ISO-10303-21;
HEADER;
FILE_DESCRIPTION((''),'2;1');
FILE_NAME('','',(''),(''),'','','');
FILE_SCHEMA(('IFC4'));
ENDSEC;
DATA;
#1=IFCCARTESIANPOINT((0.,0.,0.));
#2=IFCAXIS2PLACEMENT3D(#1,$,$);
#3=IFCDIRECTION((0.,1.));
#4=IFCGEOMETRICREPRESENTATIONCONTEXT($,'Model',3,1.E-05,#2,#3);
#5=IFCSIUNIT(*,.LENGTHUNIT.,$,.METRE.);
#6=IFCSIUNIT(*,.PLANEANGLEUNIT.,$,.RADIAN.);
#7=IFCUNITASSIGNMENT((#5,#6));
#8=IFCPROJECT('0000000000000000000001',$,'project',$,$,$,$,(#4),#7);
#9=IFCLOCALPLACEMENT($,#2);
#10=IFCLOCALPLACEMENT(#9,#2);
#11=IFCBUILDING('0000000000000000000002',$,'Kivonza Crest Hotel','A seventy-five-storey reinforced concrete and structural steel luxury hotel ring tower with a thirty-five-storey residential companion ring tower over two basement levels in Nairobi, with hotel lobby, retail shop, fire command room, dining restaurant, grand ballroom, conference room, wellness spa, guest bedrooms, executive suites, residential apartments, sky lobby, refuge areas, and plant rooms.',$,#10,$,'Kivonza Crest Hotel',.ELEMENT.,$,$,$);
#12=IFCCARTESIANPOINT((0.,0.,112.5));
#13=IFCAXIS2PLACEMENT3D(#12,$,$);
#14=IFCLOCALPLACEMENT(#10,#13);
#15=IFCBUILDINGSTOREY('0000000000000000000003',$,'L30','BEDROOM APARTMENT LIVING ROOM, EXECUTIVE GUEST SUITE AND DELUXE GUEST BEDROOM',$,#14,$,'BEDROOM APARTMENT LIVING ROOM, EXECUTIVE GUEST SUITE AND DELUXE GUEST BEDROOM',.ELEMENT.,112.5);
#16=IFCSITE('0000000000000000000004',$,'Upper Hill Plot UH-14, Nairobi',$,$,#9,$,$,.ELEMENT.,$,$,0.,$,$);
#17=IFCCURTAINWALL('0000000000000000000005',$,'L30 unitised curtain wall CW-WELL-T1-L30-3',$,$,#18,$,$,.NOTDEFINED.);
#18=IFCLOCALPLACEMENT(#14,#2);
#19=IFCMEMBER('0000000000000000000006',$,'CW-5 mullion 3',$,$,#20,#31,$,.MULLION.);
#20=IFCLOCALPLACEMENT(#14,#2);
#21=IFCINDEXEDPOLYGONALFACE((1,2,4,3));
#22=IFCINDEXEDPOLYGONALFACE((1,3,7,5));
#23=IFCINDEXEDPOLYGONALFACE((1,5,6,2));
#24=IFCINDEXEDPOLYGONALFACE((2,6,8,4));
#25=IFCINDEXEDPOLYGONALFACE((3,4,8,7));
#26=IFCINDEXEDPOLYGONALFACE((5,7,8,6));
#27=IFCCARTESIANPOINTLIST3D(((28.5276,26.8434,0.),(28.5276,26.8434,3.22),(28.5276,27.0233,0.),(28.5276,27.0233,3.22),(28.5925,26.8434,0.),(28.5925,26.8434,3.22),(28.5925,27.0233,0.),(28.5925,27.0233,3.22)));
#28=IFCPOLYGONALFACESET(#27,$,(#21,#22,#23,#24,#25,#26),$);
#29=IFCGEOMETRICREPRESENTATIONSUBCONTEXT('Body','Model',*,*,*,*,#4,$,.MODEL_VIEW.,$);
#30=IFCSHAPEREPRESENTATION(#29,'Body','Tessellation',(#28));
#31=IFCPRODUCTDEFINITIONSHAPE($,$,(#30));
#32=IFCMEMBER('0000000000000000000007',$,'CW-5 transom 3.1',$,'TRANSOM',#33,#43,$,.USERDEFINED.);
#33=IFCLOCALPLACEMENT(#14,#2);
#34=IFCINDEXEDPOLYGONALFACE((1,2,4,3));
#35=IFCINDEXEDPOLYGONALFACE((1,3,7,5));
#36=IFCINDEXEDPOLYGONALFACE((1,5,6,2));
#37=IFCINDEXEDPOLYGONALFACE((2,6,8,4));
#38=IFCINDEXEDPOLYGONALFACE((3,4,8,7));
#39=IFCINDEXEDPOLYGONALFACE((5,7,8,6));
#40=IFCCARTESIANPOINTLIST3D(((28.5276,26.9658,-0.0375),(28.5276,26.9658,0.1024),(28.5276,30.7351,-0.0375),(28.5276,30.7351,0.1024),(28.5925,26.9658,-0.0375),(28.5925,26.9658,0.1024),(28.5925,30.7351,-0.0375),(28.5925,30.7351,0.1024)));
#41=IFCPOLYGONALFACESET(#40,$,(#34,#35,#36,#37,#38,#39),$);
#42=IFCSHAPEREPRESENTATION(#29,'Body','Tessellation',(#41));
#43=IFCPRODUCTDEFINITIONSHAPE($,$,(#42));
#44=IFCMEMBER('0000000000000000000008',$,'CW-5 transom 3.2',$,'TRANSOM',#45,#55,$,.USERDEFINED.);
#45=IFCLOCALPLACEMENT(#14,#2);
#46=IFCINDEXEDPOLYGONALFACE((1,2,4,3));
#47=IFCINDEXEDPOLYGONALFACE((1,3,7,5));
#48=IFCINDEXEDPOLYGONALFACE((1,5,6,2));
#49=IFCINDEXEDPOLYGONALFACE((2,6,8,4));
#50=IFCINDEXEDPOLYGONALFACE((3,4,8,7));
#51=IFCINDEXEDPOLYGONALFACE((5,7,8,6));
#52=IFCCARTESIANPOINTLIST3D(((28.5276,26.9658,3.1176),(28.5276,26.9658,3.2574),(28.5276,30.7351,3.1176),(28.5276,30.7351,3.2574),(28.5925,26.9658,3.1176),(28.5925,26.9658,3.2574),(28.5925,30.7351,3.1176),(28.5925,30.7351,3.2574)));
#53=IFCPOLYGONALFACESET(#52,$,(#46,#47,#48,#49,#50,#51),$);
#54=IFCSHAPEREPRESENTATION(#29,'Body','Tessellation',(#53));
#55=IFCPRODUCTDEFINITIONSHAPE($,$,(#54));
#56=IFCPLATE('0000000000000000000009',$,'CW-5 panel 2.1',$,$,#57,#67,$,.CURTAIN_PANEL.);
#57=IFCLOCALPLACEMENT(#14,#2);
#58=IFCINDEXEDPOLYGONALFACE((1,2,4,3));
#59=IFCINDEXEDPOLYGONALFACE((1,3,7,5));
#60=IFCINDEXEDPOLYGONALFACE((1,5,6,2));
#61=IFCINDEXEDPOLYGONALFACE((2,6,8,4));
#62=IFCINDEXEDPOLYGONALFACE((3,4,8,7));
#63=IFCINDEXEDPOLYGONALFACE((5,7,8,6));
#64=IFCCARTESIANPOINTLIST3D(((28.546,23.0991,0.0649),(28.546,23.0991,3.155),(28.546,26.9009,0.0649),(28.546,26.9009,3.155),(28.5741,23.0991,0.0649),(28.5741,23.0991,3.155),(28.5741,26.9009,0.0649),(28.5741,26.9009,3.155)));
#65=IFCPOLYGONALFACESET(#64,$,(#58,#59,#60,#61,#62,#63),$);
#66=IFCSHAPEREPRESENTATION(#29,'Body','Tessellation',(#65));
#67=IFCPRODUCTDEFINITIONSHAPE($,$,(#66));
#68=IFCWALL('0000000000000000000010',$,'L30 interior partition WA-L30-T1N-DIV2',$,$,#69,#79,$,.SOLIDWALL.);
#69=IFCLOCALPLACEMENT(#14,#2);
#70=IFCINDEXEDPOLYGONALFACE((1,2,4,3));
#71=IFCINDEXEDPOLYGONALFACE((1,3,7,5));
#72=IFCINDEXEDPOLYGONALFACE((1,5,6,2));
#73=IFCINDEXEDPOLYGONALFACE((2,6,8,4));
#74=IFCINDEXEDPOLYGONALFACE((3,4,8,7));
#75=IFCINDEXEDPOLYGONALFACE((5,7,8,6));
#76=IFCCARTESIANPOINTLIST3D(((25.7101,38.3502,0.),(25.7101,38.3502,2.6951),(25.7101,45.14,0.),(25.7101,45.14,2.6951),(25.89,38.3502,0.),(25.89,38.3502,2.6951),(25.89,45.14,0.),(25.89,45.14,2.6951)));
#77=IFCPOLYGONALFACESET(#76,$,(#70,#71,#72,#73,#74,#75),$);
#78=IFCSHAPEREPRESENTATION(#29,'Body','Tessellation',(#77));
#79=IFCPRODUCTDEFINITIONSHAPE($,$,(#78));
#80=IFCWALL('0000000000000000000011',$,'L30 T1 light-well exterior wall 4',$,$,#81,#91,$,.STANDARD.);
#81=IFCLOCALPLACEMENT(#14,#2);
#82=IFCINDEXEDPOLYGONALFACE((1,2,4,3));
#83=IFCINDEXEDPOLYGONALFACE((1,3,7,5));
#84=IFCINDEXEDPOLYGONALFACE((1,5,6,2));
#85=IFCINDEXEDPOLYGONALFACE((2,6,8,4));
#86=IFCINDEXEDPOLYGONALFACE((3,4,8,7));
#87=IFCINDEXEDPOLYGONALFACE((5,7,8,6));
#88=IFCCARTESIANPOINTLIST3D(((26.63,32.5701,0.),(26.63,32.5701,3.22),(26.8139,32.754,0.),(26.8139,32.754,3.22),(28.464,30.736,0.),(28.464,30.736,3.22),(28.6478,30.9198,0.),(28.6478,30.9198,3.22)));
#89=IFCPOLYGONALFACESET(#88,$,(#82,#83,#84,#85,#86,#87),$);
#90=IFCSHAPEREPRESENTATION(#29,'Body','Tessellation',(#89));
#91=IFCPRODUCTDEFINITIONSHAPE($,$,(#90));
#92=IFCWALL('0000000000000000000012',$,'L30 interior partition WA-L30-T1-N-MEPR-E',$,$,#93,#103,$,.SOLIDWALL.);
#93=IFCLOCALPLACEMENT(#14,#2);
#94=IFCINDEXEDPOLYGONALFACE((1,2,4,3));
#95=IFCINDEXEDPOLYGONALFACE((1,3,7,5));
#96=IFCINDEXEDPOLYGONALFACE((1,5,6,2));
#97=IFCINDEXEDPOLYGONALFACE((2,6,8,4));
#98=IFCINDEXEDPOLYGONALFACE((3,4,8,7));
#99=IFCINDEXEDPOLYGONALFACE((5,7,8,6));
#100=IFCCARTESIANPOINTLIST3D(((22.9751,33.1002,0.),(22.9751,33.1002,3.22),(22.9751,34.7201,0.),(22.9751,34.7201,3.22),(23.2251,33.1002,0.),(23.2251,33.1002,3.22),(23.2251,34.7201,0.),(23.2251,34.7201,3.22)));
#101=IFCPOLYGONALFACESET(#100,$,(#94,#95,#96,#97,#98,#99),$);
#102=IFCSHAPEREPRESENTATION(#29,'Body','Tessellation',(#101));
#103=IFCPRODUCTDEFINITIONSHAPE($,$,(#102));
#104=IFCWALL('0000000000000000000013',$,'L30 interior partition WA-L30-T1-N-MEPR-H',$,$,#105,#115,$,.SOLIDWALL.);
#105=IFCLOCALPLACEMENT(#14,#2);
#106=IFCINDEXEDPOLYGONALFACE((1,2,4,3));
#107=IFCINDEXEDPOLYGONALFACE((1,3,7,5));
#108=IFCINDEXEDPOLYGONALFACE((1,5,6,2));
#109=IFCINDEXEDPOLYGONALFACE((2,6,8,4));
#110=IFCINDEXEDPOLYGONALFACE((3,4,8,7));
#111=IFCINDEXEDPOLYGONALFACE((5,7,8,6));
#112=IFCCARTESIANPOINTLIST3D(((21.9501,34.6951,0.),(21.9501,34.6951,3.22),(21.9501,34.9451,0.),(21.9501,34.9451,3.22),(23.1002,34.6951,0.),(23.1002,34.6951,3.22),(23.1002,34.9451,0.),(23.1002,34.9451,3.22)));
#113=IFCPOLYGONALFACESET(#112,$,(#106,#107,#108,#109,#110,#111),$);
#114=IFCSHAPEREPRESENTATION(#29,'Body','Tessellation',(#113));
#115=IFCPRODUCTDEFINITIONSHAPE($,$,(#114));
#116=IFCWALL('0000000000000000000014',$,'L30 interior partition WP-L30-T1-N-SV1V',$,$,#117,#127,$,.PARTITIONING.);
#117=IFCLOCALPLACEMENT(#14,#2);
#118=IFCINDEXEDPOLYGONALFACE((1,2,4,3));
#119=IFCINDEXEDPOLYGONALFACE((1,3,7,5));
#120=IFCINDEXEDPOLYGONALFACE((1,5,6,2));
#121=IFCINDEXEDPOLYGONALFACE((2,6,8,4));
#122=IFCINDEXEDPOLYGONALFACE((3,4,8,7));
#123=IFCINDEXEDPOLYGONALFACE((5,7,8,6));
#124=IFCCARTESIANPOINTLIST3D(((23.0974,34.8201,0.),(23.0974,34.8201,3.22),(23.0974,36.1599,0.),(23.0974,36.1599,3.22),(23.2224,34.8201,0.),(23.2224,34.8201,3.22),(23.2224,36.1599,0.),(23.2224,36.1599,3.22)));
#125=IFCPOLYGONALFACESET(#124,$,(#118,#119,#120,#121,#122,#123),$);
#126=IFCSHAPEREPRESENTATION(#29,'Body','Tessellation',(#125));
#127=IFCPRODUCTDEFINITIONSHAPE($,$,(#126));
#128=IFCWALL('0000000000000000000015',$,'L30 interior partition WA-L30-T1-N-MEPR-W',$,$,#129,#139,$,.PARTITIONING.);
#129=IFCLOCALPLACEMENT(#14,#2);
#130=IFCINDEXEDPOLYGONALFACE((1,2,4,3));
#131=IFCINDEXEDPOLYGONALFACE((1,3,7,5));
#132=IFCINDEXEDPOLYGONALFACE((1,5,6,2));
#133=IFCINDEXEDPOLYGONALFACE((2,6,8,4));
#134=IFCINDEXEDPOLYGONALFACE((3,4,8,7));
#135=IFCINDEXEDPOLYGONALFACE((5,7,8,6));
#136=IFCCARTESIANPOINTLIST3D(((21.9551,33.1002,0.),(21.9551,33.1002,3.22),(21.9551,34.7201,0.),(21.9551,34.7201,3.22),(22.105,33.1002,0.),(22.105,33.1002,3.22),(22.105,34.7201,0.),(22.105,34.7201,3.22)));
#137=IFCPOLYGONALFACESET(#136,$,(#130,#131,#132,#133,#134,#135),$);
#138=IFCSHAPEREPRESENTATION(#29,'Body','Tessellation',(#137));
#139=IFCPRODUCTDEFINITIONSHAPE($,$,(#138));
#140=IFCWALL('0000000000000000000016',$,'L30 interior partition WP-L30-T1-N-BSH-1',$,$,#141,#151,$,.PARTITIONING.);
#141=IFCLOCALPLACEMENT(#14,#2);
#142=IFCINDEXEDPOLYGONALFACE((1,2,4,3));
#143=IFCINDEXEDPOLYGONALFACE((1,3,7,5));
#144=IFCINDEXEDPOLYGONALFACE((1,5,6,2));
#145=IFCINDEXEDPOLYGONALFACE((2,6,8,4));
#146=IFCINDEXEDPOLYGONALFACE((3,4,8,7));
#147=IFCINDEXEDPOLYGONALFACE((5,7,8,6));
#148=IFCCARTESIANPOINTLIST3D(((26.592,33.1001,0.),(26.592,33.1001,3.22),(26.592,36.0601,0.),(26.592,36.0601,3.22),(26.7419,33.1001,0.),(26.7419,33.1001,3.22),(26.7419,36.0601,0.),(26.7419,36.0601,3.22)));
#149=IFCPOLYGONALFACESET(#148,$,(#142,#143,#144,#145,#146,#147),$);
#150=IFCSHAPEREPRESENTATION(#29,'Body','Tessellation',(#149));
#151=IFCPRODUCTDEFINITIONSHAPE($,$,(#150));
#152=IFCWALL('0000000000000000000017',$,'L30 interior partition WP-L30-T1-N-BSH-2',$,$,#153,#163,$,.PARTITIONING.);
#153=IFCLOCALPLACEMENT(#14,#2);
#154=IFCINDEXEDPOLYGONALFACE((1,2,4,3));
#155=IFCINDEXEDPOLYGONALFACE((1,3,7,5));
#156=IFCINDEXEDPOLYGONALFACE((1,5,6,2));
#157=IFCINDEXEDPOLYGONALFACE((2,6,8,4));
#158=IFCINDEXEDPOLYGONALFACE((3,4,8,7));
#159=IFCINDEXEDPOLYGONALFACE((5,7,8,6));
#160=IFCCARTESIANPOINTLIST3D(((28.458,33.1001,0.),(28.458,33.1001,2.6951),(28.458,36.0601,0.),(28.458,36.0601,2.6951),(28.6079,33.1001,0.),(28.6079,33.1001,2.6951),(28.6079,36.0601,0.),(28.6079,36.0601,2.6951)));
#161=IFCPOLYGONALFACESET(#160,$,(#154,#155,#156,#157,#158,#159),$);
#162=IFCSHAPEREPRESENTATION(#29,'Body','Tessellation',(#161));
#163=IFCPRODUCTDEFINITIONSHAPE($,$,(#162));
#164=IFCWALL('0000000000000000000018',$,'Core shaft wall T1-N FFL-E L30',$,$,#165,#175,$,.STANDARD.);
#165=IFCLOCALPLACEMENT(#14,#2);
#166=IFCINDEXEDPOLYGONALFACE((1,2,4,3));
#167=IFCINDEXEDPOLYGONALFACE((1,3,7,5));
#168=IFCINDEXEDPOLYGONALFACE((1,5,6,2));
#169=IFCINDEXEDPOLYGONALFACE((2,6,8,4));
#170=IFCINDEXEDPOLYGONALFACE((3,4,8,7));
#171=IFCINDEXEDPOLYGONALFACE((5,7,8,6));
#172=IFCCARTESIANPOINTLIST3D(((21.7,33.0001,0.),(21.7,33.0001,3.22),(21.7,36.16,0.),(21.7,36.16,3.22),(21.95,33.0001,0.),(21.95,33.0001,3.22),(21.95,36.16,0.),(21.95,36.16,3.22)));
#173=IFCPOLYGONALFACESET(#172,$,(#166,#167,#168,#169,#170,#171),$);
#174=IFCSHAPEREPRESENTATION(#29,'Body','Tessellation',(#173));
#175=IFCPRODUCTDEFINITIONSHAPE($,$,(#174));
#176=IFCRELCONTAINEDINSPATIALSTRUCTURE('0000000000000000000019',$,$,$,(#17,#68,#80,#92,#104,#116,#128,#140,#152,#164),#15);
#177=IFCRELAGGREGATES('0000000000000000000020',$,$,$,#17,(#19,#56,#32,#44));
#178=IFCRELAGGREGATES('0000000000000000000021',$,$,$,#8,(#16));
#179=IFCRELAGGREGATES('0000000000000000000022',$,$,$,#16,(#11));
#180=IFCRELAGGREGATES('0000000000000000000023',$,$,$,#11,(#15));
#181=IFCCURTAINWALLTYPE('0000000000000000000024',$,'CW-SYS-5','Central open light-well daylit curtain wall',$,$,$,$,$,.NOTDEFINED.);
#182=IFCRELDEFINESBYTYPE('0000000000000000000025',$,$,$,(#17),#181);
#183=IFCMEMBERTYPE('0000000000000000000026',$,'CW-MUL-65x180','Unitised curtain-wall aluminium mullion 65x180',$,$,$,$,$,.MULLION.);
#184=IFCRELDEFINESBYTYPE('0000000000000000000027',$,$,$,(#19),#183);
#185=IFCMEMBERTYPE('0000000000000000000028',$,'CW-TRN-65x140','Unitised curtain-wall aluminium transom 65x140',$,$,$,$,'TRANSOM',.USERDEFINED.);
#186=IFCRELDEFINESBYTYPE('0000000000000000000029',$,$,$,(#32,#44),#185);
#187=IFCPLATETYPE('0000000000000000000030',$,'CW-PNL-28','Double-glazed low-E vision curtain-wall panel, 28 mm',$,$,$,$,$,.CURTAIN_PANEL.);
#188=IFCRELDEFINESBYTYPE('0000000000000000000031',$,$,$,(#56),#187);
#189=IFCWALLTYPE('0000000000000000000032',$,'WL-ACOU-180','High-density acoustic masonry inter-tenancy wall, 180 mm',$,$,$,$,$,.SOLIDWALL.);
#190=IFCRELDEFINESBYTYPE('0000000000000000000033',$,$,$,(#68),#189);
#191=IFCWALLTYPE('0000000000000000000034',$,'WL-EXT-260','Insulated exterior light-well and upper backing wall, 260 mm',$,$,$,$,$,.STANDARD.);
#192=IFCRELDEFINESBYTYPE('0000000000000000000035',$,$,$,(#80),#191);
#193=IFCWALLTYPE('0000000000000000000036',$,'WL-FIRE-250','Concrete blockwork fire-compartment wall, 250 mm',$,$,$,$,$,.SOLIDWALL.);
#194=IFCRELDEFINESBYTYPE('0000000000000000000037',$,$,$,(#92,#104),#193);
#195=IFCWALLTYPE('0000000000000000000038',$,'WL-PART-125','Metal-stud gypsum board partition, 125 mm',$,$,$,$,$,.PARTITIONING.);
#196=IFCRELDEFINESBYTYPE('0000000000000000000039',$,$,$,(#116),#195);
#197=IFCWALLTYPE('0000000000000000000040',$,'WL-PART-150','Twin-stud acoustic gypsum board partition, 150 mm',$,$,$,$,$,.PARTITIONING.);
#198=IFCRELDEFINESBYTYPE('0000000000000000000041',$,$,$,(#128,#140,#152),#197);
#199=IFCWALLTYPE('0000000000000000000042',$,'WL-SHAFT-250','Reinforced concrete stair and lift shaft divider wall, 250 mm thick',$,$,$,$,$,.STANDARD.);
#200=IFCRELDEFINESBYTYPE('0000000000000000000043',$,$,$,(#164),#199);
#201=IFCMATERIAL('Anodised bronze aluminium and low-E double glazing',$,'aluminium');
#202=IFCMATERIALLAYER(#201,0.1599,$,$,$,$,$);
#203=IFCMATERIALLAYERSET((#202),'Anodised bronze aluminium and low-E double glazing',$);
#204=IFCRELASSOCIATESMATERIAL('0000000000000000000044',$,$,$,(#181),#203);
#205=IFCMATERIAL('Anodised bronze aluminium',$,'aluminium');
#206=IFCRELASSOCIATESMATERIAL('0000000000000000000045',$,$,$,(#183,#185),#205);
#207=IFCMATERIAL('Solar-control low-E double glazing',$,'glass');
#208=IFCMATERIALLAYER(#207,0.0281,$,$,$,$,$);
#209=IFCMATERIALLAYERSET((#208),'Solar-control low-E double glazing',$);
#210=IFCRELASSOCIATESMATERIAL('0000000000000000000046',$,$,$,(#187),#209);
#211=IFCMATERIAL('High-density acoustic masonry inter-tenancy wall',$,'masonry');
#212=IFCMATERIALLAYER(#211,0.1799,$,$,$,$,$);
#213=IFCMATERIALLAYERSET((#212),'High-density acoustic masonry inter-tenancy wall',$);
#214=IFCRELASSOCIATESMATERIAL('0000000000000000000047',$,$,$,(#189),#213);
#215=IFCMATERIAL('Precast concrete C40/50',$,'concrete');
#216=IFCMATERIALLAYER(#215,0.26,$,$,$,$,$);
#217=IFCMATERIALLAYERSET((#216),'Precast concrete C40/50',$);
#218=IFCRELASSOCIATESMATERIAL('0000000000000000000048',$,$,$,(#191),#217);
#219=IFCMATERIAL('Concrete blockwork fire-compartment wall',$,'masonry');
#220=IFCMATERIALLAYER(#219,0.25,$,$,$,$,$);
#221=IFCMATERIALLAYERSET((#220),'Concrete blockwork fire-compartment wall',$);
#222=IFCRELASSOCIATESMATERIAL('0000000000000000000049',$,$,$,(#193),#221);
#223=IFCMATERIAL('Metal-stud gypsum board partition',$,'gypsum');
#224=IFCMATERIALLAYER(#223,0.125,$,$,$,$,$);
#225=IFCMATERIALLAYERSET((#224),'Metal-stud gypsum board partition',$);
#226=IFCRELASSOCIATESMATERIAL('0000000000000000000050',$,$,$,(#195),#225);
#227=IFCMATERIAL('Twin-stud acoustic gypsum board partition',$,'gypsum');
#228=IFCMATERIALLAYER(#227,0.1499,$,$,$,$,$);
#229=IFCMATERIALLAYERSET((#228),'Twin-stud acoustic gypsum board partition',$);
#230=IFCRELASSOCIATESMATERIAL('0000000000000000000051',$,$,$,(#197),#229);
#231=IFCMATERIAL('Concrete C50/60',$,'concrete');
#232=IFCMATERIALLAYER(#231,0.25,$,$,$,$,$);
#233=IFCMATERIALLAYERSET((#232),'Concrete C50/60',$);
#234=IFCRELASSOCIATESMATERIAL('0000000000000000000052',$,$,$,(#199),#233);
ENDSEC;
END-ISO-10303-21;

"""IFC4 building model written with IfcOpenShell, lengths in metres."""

from ifc_helpers import new_model, si_unit, direction, frame, frame_2d, origin, origin_2d, place, context, subcontext, project, spatial, rectangle, extrude, material, layer, layer_set, material_profile, profile_set, type_object, element, aggregate, save


model = new_model("IFC4")

# Units and contexts
model_context = context("Model", 3, precision=1e-05, world=origin(), true_north=direction((0.0, 1.0)))
body_context = subcontext(model_context, "Body", "Model", "MODEL_VIEW")
ifc_project = project(units=[si_unit("LENGTHUNIT", "METRE"), si_unit("PLANEANGLEUNIT", "RADIAN")], contexts=[model_context])

# Site, building, storey
site_placement = place(None, origin())
site = spatial("IfcSite", under=ifc_project, at=site_placement, Name="Upper Hill Plot UH-14, Nairobi", CompositionType="ELEMENT", RefElevation=0.0)
building_placement = place(site_placement, origin())
building = spatial("IfcBuilding", under=site, at=building_placement, Name="Kivonza Crest Hotel", Description="A seventy-five-storey reinforced concrete and structural steel luxury hotel ring tower with a thirty-five-storey residential companion ring tower over two basement levels in Nairobi, with hotel lobby, retail shop, fire command room, dining restaurant, grand ballroom, conference room, wellness spa, guest bedrooms, executive suites, residential apartments, sky lobby, refuge areas, and plant rooms.", LongName="Kivonza Crest Hotel", CompositionType="ELEMENT")
storey_placement = place(building_placement, frame((0.0, 0.0, 112.5)))
storey = spatial("IfcBuildingStorey", under=building, at=storey_placement, Name="L30", Description="BEDROOM APARTMENT LIVING ROOM, EXECUTIVE GUEST SUITE AND DELUXE GUEST BEDROOM", LongName="BEDROOM APARTMENT LIVING ROOM, EXECUTIVE GUEST SUITE AND DELUXE GUEST BEDROOM", CompositionType="ELEMENT", Elevation=112.5)

# Curtain wall, members, plate
ifc_material_1 = material(Name="Anodised bronze aluminium and low-E double glazing", Category="aluminium")
ifc_layer_1 = layer(ifc_material_1, 0.1599)
ifc_layer_set_1 = layer_set([ifc_layer_1], Name="Anodised bronze aluminium and low-E double glazing")
curtain_wall_type = type_object("IfcCurtainWallType", Name="CW-SYS-5", Description="Central open light-well daylit curtain wall", PredefinedType="NOTDEFINED", material=ifc_layer_set_1)
curtain_wall_placement = place(storey_placement, origin())
curtain_wall = element("IfcCurtainWall", 1, at=curtain_wall_placement, inside=storey, type_object=curtain_wall_type, Name="L30 unitised curtain wall CW-WELL-T1-L30-3", PredefinedType="NOTDEFINED")
ifc_material_2 = material(Name="Anodised bronze aluminium", Category="aluminium")
ifc_material_profile_1 = material_profile(ifc_material_2, rectangle(XDim=0.0649, YDim=0.1799, at=origin_2d()), Name="CW-M 65x180")
ifc_profile_set_1 = profile_set([ifc_material_profile_1], Name="Anodised bronze aluminium")
member_type_1 = type_object("IfcMemberType", Name="CW-MUL-65x180", Description="Unitised curtain-wall aluminium mullion 65x180", PredefinedType="MULLION", material=ifc_profile_set_1)
member_1_placement = place(storey_placement, frame((28.5601, 26.9333, 0.0), z_axis=(0.0, 0.0, 1.0), x_axis=(-1.0, 0.0, 0.0)))
member_1 = element("IfcMember", 2, at=member_1_placement, type_object=member_type_1, Name="CW-5 mullion 3", PredefinedType="MULLION", context=body_context, shape_type="SweptSolid", body=[
    extrude(rectangle(XDim=0.0649, YDim=0.1799, at=origin_2d()), origin(), (0.0, 0.0, 1.0), 3.22),
])
ifc_material_profile_2 = material_profile(ifc_material_2, rectangle(XDim=0.0649, YDim=0.1399, at=origin_2d()), Name="CW-T 65x140")
ifc_profile_set_2 = profile_set([ifc_material_profile_2], Name="Anodised bronze aluminium")
member_type_2 = type_object("IfcMemberType", Name="CW-TRN-65x140", Description="Unitised curtain-wall aluminium transom 65x140", ElementType="TRANSOM", PredefinedType="USERDEFINED", material=ifc_profile_set_2)
member_2_placement = place(storey_placement, frame((28.5601, 26.9658, 0.0325), z_axis=(0.0, 1.0, 0.0), x_axis=(-1.0, 0.0, 0.0)))
member_2 = element("IfcMember", 3, at=member_2_placement, type_object=member_type_2, Name="CW-5 transom 3.1", ObjectType="TRANSOM", PredefinedType="USERDEFINED", context=body_context, shape_type="SweptSolid", body=[
    extrude(rectangle(XDim=0.0649, YDim=0.1399, at=origin_2d()), origin(), (0.0, 0.0, 1.0), 3.7693),
])
member_3_placement = place(storey_placement, frame((28.5601, 26.9658, 3.1875), z_axis=(0.0, 1.0, 0.0), x_axis=(-1.0, 0.0, 0.0)))
member_3 = element("IfcMember", 4, at=member_3_placement, type_object=member_type_2, Name="CW-5 transom 3.2", ObjectType="TRANSOM", PredefinedType="USERDEFINED", context=body_context, shape_type="SweptSolid", body=[
    extrude(rectangle(XDim=0.0649, YDim=0.1399, at=origin_2d()), origin(), (0.0, 0.0, 1.0), 3.7693),
])
ifc_material_3 = material(Name="Solar-control low-E double glazing", Category="glass")
ifc_layer_2 = layer(ifc_material_3, 0.0281)
ifc_layer_set_2 = layer_set([ifc_layer_2], Name="Solar-control low-E double glazing")
plate_type = type_object("IfcPlateType", Name="CW-PNL-28", Description="Double-glazed low-E vision curtain-wall panel, 28 mm", PredefinedType="CURTAIN_PANEL", material=ifc_layer_set_2)
plate_placement = place(storey_placement, frame((28.5601, 25.0, 0.0649), z_axis=(0.0, 0.0, 1.0), x_axis=(0.0, 1.0, 0.0)))
plate = element("IfcPlate", 5, at=plate_placement, type_object=plate_type, Name="CW-5 panel 2.1", PredefinedType="CURTAIN_PANEL", context=body_context, shape_type="SweptSolid", body=[
    extrude(rectangle(XDim=3.8018, YDim=0.0281, at=origin_2d()), origin(), (0.0, 0.0, 1.0), 3.0901),
])
aggregate(curtain_wall, [member_1, plate, member_2, member_3])

# Walls
ifc_material_4 = material(Name="High-density acoustic masonry inter-tenancy wall", Category="masonry")
ifc_layer_3 = layer(ifc_material_4, 0.1799)
ifc_layer_set_3 = layer_set([ifc_layer_3], Name="High-density acoustic masonry inter-tenancy wall")
wall_type_1 = type_object("IfcWallType", Name="WL-ACOU-180", Description="High-density acoustic masonry inter-tenancy wall, 180 mm", PredefinedType="SOLIDWALL", material=ifc_layer_set_3)
wall_1_placement = place(storey_placement, frame((25.8, 38.3501, 0.0), z_axis=(0.0, 0.0, 1.0), x_axis=(0.0, 1.0, 0.0)))
element("IfcWall", 6, at=wall_1_placement, inside=storey, type_object=wall_type_1, Name="L30 interior partition WA-L30-T1N-DIV2", PredefinedType="SOLIDWALL", context=body_context, shape_type="SweptSolid", body=[
    extrude(rectangle(XDim=6.7898, YDim=0.1799, at=frame_2d((3.395, 0.0))), origin(), (0.0, 0.0, 1.0), 2.6951),
])
ifc_material_5 = material(Name="Precast concrete C40/50", Category="concrete")
ifc_layer_4 = layer(ifc_material_5, 0.26)
ifc_layer_set_4 = layer_set([ifc_layer_4], Name="Precast concrete C40/50")
wall_type_2 = type_object("IfcWallType", Name="WL-EXT-260", Description="Insulated exterior light-well and upper backing wall, 260 mm", PredefinedType="STANDARD", material=ifc_layer_set_4)
wall_2_placement = place(storey_placement, frame((28.5559, 30.8279, 0.0), z_axis=(0.0, 0.0, 1.0), x_axis=(-0.70706, 0.707154, 0.0)))
element("IfcWall", 7, at=wall_2_placement, inside=storey, type_object=wall_type_2, Name="L30 T1 light-well exterior wall 4", PredefinedType="STANDARD", context=body_context, shape_type="SweptSolid", body=[
    extrude(rectangle(XDim=2.5938, YDim=0.26, at=frame_2d((1.2969, 0.0))), origin(), (0.0, 0.0, 1.0), 3.22),
])
ifc_material_6 = material(Name="Concrete blockwork fire-compartment wall", Category="masonry")
ifc_layer_5 = layer(ifc_material_6, 0.25)
ifc_layer_set_5 = layer_set([ifc_layer_5], Name="Concrete blockwork fire-compartment wall")
wall_type_3 = type_object("IfcWallType", Name="WL-FIRE-250", Description="Concrete blockwork fire-compartment wall, 250 mm", PredefinedType="SOLIDWALL", material=ifc_layer_set_5)
wall_3_placement = place(storey_placement, frame((23.1001, 33.1001, 0.0), z_axis=(0.0, 0.0, 1.0), x_axis=(0.0, 1.0, 0.0)))
element("IfcWall", 8, at=wall_3_placement, inside=storey, type_object=wall_type_3, Name="L30 interior partition WA-L30-T1-N-MEPR-E", PredefinedType="SOLIDWALL", context=body_context, shape_type="SweptSolid", body=[
    extrude(rectangle(XDim=1.6199, YDim=0.25, at=frame_2d((0.8101, 0.0))), origin(), (0.0, 0.0, 1.0), 3.22),
])
wall_4_placement = place(storey_placement, frame((21.95, 34.8201, 0.0), z_axis=(0.0, 0.0, 1.0), x_axis=(1.0, 0.0, 0.0)))
element("IfcWall", 9, at=wall_4_placement, inside=storey, type_object=wall_type_3, Name="L30 interior partition WA-L30-T1-N-MEPR-H", PredefinedType="SOLIDWALL", context=body_context, shape_type="SweptSolid", body=[
    extrude(rectangle(XDim=1.1501, YDim=0.25, at=frame_2d((0.5752, 0.0))), origin(), (0.0, 0.0, 1.0), 3.22),
])
ifc_material_7 = material(Name="Metal-stud gypsum board partition", Category="gypsum")
ifc_layer_6 = layer(ifc_material_7, 0.125)
ifc_layer_set_6 = layer_set([ifc_layer_6], Name="Metal-stud gypsum board partition")
wall_type_4 = type_object("IfcWallType", Name="WL-PART-125", Description="Metal-stud gypsum board partition, 125 mm", PredefinedType="PARTITIONING", material=ifc_layer_set_6)
wall_5_placement = place(storey_placement, frame((23.1599, 34.8201, 0.0), z_axis=(0.0, 0.0, 1.0), x_axis=(0.0, 1.0, 0.0)))
element("IfcWall", 10, at=wall_5_placement, inside=storey, type_object=wall_type_4, Name="L30 interior partition WP-L30-T1-N-SV1V", PredefinedType="PARTITIONING", context=body_context, shape_type="SweptSolid", body=[
    extrude(rectangle(XDim=1.3398, YDim=0.125, at=frame_2d((0.6699, 0.0))), origin(), (0.0, 0.0, 1.0), 3.22),
])
ifc_material_8 = material(Name="Twin-stud acoustic gypsum board partition", Category="gypsum")
ifc_layer_7 = layer(ifc_material_8, 0.1499)
ifc_layer_set_7 = layer_set([ifc_layer_7], Name="Twin-stud acoustic gypsum board partition")
wall_type_5 = type_object("IfcWallType", Name="WL-PART-150", Description="Twin-stud acoustic gypsum board partition, 150 mm", PredefinedType="PARTITIONING", material=ifc_layer_set_7)
wall_6_placement = place(storey_placement, frame((22.03, 33.1001, 0.0), z_axis=(0.0, 0.0, 1.0), x_axis=(0.0, 1.0, 0.0)))
element("IfcWall", 11, at=wall_6_placement, inside=storey, type_object=wall_type_5, Name="L30 interior partition WA-L30-T1-N-MEPR-W", PredefinedType="PARTITIONING", context=body_context, shape_type="SweptSolid", body=[
    extrude(rectangle(XDim=1.6199, YDim=0.1499, at=frame_2d((0.8101, 0.0))), origin(), (0.0, 0.0, 1.0), 3.22),
])
wall_7_placement = place(storey_placement, frame((26.667, 33.1001, 0.0), z_axis=(0.0, 0.0, 1.0), x_axis=(0.0, 1.0, 0.0)))
element("IfcWall", 12, at=wall_7_placement, inside=storey, type_object=wall_type_5, Name="L30 interior partition WP-L30-T1-N-BSH-1", PredefinedType="PARTITIONING", context=body_context, shape_type="SweptSolid", body=[
    extrude(rectangle(XDim=2.96, YDim=0.1499, at=frame_2d((1.48, 0.0))), origin(), (0.0, 0.0, 1.0), 3.22),
])
wall_8_placement = place(storey_placement, frame((28.533, 33.1001, 0.0), z_axis=(0.0, 0.0, 1.0), x_axis=(0.0, 1.0, 0.0)))
element("IfcWall", 13, at=wall_8_placement, inside=storey, type_object=wall_type_5, Name="L30 interior partition WP-L30-T1-N-BSH-2", PredefinedType="PARTITIONING", context=body_context, shape_type="SweptSolid", body=[
    extrude(rectangle(XDim=2.96, YDim=0.1499, at=frame_2d((1.48, 0.0))), origin(), (0.0, 0.0, 1.0), 2.6951),
])

# Shared definitions
ifc_material_9 = material(Name="Concrete C50/60", Category="concrete")
ifc_layer_8 = layer(ifc_material_9, 0.25)
ifc_layer_set_8 = layer_set([ifc_layer_8], Name="Concrete C50/60")
wall_type_6 = type_object("IfcWallType", Name="WL-SHAFT-250", Description="Reinforced concrete stair and lift shaft divider wall, 250 mm thick", PredefinedType="STANDARD", material=ifc_layer_set_8)

# Wall
for number, where, z_axis, x_axis, name in (
    (14, (21.825, 33.0, 0.0), (0.0, 0.0, 1.0), (0.0, 1.0, 0.0), "Core shaft wall T1-N FFL-E L30"),
):
    element("IfcWall", number, at=place(storey_placement, frame(where, z_axis=z_axis, x_axis=x_axis)), inside=storey, type_object=wall_type_6, Name=name, PredefinedType="STANDARD", context=body_context, shape_type="SweptSolid", body=[
        extrude(rectangle(XDim=3.1599, YDim=0.25, at=frame_2d((1.5801, 0.0))), origin(), (0.0, 0.0, 1.0), 3.22),
    ])

save(model, "model.ifc")
